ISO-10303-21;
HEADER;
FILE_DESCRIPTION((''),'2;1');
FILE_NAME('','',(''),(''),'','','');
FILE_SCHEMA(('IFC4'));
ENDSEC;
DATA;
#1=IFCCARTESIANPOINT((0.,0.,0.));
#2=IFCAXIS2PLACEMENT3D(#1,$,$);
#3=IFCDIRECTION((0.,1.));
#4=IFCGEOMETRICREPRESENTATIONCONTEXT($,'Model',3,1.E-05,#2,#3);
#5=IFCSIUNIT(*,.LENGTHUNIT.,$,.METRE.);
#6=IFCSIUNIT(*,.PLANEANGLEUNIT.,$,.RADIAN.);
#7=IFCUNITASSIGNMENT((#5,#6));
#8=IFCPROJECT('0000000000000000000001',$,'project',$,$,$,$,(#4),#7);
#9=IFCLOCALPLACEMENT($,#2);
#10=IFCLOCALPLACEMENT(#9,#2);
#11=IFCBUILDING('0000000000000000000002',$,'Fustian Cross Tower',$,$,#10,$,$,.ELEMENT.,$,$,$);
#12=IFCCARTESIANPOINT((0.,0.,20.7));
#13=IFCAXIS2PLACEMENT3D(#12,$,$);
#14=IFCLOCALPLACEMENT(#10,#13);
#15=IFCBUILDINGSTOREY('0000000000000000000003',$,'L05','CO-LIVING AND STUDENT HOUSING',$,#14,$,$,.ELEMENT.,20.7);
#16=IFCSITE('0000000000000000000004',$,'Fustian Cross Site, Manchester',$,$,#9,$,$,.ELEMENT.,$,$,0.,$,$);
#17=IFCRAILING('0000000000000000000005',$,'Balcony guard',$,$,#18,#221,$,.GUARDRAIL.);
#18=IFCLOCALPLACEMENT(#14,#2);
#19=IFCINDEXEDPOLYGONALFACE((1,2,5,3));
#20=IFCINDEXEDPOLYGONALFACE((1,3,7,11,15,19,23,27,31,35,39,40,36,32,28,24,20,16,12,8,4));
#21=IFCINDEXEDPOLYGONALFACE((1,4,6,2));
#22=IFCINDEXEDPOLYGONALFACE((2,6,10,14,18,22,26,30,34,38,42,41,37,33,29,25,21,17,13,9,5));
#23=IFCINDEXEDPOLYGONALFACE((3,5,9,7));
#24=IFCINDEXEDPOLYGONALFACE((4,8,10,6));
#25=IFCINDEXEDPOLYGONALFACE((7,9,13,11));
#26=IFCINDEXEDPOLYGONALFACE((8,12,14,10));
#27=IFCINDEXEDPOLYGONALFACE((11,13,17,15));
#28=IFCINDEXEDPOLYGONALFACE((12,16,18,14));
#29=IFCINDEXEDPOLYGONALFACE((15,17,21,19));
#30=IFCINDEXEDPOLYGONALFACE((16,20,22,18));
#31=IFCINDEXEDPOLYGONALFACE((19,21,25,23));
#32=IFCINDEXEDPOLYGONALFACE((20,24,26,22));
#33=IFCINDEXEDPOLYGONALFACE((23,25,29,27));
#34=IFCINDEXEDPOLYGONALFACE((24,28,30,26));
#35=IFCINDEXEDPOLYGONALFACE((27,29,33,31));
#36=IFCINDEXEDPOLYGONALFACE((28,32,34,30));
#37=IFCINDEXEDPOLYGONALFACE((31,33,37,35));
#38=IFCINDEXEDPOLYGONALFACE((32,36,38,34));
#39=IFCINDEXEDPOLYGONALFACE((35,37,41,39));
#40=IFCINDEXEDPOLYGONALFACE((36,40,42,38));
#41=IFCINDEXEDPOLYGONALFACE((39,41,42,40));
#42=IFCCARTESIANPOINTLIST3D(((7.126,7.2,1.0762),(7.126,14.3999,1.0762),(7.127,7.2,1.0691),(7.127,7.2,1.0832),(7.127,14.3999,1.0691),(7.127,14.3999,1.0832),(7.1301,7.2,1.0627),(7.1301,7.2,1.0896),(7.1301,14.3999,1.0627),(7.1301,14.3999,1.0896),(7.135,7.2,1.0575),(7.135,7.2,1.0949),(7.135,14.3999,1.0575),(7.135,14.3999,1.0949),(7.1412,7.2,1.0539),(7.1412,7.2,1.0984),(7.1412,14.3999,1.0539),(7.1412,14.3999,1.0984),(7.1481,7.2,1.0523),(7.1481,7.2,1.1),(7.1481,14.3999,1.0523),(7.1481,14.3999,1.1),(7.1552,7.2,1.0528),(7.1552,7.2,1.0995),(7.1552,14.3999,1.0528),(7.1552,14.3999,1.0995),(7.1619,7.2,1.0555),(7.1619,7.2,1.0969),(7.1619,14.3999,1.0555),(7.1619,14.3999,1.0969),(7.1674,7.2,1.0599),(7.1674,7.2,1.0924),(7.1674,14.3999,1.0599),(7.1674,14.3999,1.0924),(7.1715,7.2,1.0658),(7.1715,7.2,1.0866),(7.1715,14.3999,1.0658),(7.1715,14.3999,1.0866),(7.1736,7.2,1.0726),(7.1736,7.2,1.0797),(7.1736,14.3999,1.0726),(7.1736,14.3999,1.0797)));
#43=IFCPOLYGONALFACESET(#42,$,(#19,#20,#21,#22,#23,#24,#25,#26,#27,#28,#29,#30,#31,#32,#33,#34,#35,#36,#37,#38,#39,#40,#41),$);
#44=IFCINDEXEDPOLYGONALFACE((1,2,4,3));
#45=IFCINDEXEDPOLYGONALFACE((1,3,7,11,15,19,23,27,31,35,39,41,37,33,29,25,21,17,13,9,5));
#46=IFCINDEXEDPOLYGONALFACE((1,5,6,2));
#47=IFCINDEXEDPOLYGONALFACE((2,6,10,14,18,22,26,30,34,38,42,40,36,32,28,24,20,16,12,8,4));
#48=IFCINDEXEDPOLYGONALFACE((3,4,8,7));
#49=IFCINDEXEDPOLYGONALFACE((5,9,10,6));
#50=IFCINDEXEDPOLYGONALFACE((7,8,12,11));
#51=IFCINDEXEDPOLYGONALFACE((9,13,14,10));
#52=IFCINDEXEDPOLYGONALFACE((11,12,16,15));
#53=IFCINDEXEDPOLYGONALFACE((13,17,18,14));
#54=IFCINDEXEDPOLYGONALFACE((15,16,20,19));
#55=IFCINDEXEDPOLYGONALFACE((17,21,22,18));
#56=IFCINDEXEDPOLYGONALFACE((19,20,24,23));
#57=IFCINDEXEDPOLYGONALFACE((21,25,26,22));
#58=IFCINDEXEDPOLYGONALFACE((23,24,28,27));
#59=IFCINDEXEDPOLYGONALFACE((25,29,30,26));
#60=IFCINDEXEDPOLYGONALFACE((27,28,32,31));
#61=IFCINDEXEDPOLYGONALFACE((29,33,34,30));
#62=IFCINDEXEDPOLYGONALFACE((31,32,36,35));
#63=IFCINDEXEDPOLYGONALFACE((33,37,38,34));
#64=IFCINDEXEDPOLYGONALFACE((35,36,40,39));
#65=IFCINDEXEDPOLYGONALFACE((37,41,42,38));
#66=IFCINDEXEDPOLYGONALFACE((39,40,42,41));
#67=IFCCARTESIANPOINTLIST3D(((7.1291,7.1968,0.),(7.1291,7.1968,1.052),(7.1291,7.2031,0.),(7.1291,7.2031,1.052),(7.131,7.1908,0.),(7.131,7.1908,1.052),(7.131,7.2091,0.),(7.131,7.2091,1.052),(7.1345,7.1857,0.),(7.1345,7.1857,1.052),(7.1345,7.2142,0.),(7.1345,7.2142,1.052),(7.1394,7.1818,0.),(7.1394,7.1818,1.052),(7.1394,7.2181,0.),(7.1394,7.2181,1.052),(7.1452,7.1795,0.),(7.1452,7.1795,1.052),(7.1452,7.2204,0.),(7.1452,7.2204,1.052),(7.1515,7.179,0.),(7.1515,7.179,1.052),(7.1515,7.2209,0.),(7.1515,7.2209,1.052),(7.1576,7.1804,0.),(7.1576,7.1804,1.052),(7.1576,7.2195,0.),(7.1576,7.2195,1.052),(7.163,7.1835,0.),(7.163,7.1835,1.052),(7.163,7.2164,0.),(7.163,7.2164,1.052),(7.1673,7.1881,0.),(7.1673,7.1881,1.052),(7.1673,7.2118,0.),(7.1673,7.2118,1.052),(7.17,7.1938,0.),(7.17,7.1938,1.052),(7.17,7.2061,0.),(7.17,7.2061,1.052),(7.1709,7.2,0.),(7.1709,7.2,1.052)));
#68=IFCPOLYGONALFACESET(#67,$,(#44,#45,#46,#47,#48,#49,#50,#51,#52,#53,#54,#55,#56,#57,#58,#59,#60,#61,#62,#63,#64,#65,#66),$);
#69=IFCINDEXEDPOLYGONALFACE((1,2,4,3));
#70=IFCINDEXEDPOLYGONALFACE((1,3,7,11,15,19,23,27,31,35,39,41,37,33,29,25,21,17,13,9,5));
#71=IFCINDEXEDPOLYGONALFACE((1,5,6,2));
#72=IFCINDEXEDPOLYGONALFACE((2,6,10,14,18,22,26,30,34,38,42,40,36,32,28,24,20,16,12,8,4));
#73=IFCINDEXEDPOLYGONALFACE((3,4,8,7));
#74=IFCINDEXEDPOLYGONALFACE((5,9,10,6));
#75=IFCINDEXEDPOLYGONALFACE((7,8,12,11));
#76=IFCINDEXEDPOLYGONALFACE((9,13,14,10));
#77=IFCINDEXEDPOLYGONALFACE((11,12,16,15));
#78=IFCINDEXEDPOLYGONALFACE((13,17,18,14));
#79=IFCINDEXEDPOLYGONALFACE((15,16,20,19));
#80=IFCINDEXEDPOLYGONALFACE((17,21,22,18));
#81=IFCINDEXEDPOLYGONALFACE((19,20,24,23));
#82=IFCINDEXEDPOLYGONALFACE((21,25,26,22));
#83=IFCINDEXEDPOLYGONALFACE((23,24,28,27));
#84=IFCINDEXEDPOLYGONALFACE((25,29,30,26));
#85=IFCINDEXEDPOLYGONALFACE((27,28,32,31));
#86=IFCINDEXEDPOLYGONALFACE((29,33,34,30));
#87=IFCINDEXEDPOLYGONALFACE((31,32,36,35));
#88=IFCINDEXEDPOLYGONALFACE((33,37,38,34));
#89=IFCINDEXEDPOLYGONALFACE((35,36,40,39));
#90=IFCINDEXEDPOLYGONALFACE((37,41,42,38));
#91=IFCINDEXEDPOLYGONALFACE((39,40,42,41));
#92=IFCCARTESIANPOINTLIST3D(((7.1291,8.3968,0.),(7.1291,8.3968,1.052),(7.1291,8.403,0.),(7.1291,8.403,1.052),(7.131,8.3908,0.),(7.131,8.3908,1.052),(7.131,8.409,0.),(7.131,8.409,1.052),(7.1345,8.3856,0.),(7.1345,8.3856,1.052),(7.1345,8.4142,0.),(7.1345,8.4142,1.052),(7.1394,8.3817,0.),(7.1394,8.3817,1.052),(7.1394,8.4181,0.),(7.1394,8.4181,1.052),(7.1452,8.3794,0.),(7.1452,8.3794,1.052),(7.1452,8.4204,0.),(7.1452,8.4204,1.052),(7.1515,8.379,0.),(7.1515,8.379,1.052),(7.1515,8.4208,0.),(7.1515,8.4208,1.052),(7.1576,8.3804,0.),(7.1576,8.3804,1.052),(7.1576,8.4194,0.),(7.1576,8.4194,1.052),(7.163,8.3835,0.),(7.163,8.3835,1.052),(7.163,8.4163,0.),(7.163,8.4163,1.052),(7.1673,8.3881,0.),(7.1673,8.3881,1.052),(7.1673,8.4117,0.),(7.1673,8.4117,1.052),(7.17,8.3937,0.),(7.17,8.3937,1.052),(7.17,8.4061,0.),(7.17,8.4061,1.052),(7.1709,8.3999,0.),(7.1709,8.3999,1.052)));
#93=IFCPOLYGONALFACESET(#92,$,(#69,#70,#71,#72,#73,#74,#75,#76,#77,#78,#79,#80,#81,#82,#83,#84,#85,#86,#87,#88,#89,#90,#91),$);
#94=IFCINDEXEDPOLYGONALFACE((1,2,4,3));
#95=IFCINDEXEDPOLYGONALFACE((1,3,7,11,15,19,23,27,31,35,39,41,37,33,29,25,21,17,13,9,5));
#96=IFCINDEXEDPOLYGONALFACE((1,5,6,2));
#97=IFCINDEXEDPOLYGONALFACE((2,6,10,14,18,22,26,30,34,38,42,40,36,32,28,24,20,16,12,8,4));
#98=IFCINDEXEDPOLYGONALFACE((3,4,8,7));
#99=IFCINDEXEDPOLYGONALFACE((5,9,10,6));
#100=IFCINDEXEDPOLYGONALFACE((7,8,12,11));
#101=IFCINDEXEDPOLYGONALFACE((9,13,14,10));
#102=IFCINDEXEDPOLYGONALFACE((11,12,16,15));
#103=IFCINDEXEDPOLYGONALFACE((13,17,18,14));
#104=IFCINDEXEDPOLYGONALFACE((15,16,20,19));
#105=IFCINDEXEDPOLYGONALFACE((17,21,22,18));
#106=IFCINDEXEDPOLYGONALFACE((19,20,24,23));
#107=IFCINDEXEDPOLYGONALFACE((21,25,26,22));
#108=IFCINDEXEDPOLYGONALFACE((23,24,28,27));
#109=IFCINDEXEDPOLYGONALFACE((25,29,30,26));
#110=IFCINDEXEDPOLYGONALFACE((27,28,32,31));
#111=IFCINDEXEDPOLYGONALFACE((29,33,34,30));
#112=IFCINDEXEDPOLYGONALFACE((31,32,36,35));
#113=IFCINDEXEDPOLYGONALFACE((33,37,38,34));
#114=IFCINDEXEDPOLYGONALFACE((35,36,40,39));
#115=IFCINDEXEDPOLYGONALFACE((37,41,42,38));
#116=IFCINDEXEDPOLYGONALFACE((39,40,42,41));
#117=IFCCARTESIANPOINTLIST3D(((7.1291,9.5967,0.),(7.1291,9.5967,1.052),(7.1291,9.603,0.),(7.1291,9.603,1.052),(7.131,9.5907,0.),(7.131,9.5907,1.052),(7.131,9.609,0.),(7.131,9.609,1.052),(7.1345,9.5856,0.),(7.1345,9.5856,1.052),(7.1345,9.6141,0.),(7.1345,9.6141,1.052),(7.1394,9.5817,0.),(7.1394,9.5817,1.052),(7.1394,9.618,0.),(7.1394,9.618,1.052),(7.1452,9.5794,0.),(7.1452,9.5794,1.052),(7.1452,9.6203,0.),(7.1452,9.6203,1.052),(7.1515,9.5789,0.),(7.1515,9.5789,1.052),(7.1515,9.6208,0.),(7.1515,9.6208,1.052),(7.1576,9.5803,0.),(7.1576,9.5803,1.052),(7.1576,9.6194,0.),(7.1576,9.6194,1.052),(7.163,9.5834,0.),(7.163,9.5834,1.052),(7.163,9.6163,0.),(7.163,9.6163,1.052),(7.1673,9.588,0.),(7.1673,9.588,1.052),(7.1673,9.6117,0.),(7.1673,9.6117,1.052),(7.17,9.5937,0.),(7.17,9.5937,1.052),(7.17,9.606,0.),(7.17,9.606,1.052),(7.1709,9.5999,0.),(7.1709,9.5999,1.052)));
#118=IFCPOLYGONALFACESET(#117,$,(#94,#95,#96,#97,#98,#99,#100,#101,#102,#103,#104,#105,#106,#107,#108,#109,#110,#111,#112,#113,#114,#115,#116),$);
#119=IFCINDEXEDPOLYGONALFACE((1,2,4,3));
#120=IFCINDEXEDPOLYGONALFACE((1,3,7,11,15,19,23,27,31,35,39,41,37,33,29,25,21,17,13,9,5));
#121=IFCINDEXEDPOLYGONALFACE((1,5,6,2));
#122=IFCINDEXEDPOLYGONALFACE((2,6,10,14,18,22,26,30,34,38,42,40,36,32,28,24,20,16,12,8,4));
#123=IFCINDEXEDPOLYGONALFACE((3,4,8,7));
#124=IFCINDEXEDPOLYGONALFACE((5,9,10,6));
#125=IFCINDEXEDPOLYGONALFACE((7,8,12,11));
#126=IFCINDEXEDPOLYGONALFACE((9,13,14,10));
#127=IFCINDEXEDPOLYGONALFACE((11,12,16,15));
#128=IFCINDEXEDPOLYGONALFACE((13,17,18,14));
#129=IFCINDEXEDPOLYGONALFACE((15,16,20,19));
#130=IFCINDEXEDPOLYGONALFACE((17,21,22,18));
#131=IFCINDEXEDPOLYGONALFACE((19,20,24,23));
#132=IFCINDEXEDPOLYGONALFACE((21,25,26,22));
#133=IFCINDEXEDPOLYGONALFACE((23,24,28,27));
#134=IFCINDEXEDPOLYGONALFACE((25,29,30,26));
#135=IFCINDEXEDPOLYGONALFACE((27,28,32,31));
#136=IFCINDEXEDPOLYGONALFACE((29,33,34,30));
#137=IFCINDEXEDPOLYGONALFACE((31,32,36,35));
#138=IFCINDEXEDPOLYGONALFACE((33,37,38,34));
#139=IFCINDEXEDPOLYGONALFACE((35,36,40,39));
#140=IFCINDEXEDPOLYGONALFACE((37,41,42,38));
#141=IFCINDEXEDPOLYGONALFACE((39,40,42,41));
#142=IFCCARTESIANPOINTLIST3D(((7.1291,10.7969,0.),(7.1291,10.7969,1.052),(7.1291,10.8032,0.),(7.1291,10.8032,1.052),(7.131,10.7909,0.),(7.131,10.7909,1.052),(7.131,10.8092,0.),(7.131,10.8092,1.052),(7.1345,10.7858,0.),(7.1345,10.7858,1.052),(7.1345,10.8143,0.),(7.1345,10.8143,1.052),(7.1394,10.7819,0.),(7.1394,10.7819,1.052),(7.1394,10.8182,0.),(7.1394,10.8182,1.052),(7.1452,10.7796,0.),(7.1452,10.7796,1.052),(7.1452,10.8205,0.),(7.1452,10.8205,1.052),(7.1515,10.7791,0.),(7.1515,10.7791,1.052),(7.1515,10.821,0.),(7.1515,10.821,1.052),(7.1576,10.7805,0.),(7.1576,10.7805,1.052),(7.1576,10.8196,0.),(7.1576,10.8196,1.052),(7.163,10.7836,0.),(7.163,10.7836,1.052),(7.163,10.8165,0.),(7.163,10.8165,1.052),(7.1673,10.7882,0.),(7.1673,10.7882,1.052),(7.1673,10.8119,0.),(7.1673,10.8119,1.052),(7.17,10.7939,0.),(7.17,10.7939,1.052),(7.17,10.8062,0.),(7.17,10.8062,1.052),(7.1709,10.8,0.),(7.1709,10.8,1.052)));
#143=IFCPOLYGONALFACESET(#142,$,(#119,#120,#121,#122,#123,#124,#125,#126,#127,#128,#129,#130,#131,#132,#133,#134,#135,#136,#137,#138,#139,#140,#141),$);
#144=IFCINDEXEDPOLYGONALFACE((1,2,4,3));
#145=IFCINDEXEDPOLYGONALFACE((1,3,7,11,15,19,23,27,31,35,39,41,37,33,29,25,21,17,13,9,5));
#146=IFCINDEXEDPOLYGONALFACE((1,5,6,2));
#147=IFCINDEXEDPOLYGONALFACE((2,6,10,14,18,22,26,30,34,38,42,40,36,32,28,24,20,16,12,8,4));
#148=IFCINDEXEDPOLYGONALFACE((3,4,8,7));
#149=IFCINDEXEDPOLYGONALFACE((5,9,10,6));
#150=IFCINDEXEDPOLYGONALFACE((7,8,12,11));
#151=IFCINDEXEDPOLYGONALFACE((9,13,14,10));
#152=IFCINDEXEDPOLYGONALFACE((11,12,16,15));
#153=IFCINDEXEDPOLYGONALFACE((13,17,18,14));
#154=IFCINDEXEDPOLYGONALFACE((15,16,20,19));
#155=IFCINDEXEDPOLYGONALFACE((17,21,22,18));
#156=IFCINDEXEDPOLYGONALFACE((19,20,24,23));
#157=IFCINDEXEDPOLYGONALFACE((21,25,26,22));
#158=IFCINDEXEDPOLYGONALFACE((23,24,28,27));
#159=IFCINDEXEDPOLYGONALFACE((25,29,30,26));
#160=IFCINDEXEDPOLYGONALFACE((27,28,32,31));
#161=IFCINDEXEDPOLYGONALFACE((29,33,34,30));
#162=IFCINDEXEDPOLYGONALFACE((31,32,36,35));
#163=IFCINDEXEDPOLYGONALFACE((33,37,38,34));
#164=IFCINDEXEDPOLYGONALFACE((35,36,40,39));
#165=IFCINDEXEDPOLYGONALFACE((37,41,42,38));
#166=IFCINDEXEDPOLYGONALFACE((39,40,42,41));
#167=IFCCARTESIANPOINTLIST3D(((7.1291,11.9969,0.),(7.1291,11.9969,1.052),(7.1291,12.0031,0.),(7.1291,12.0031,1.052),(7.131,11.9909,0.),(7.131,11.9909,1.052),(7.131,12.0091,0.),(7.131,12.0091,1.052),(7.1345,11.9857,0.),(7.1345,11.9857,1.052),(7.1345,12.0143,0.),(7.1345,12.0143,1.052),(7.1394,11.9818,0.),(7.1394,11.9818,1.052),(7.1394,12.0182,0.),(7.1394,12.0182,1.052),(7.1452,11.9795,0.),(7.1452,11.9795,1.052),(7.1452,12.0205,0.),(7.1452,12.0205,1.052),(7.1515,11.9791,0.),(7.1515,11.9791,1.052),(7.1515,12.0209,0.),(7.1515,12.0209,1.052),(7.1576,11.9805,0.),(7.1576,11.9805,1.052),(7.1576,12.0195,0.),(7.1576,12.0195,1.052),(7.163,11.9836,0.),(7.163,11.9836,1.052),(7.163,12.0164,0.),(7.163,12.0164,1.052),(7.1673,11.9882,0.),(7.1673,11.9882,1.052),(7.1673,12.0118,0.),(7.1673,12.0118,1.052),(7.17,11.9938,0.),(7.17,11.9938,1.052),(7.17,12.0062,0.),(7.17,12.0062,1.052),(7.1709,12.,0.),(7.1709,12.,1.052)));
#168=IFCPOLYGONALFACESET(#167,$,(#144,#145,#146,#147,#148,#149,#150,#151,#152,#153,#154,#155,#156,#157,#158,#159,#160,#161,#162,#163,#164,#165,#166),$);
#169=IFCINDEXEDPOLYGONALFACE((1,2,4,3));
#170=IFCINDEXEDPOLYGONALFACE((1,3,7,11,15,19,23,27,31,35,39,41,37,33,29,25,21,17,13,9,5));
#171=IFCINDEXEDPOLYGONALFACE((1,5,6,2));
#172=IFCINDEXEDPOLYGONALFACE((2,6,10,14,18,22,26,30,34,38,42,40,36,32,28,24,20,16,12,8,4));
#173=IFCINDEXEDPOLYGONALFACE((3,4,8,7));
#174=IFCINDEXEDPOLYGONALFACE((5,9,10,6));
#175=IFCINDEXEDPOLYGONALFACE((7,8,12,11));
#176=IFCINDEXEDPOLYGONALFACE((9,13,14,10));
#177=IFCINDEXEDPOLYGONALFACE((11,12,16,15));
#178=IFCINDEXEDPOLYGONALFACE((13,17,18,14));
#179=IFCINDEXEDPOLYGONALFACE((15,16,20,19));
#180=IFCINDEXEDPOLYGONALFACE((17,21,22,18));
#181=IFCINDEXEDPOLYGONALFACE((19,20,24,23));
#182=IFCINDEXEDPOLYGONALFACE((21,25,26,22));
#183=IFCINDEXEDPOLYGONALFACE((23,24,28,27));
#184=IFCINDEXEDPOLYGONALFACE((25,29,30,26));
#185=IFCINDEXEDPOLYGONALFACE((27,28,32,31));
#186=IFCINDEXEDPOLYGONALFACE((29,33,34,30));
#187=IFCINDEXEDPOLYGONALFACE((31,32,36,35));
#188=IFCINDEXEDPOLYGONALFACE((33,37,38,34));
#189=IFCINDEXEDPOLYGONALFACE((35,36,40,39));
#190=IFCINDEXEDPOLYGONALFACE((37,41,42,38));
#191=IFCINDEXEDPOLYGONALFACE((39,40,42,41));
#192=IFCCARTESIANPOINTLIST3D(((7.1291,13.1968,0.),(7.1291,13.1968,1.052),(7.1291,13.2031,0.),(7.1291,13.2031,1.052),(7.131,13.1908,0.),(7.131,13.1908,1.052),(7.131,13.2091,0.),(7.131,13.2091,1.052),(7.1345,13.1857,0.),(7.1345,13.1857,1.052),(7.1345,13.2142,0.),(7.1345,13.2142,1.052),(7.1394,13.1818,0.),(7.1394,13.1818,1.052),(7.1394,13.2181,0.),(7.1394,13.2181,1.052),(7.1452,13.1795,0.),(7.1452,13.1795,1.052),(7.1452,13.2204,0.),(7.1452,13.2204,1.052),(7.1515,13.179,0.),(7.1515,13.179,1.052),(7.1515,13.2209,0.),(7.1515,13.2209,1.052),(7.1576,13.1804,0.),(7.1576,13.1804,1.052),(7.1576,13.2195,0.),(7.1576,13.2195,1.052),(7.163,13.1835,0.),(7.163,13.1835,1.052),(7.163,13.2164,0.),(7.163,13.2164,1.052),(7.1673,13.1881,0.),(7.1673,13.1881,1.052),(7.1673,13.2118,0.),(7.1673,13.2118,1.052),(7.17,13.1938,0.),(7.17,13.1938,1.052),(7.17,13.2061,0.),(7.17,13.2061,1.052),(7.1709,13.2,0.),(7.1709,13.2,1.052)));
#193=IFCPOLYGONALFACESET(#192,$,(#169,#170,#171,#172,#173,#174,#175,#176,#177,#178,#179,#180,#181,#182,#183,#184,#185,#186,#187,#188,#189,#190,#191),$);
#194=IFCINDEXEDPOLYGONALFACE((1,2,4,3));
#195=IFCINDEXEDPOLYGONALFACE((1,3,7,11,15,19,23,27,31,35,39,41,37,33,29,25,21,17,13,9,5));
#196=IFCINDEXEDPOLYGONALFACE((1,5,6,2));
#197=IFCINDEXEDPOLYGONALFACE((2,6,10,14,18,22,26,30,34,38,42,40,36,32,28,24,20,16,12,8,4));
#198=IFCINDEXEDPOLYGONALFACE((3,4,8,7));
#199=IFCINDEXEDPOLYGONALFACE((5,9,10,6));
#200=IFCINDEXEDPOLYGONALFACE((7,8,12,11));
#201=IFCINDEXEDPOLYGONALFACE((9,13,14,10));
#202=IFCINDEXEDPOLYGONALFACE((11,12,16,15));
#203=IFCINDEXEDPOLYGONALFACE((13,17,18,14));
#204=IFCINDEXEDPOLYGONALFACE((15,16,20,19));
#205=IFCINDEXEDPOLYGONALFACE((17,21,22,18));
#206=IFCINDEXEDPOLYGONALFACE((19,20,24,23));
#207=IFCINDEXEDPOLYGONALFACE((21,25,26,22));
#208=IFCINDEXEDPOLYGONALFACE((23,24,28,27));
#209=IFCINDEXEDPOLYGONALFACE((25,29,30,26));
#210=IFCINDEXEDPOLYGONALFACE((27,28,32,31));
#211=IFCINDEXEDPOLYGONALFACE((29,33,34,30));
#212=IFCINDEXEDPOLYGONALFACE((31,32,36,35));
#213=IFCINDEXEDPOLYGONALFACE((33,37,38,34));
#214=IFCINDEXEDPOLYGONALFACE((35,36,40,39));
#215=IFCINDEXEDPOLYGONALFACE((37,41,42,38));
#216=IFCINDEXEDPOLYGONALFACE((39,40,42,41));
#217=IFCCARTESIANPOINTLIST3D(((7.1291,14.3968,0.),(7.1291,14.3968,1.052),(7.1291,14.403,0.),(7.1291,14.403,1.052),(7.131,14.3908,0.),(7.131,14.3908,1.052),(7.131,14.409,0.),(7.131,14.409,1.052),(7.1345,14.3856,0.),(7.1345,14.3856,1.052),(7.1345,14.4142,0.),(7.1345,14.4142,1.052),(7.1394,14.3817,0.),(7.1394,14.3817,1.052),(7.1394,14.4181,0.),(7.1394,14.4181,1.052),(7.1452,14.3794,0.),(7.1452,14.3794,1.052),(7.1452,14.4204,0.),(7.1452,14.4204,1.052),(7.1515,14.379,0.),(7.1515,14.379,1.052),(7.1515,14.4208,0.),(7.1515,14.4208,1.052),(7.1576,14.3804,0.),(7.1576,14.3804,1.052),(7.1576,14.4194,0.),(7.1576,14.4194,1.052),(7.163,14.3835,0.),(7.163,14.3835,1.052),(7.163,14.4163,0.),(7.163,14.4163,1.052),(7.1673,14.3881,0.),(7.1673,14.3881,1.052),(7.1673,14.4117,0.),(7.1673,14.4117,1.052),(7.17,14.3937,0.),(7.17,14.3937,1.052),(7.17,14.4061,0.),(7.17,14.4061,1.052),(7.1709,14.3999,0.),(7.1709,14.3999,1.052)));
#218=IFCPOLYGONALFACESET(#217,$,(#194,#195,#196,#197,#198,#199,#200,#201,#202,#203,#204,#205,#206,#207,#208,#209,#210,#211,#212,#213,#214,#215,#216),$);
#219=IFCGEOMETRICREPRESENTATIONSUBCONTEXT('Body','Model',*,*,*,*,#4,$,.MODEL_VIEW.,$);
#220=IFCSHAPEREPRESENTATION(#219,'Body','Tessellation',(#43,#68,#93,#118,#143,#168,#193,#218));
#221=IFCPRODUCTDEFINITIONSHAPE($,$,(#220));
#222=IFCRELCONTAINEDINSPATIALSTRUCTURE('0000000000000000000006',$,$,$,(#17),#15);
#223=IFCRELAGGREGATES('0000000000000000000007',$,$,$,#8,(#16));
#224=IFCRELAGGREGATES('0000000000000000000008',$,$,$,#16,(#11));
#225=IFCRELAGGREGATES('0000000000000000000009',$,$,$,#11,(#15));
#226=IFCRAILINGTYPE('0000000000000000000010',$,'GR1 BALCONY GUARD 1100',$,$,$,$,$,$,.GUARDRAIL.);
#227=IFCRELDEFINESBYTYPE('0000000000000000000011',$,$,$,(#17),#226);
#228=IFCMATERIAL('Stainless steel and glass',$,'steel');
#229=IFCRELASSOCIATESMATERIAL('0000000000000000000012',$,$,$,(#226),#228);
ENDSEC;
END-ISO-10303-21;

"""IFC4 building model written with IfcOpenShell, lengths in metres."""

from ifc_helpers import new_model, si_unit, direction, frame, origin, origin_2d, place, context, subcontext, project, spatial, circle, extrude, material, type_object, element, save


model = new_model("IFC4")

# Units and contexts
model_context = context("Model", 3, precision=1e-05, world=origin(), true_north=direction((0.0, 1.0)))
body_context = subcontext(model_context, "Body", "Model", "MODEL_VIEW")
ifc_project = project(units=[si_unit("LENGTHUNIT", "METRE"), si_unit("PLANEANGLEUNIT", "RADIAN")], contexts=[model_context])

# Site, building, storey
site_placement = place(None, origin())
site = spatial("IfcSite", under=ifc_project, at=site_placement, Name="Fustian Cross Site, Manchester", CompositionType="ELEMENT", RefElevation=0.0)
building_placement = place(site_placement, origin())
building = spatial("IfcBuilding", under=site, at=building_placement, Name="Fustian Cross Tower", CompositionType="ELEMENT")
storey_placement = place(building_placement, frame((0.0, 0.0, 20.7)))
storey = spatial("IfcBuildingStorey", under=building, at=storey_placement, Name="L05", Description="CO-LIVING AND STUDENT HOUSING", CompositionType="ELEMENT", Elevation=20.7)

# Railing
ifc_material_1 = material(Name="Stainless steel and glass", Category="steel")
railing_type = type_object("IfcRailingType", Name="GR1 BALCONY GUARD 1100", PredefinedType="GUARDRAIL", material=ifc_material_1)
railing_placement = place(storey_placement, frame((7.1499, 7.2, 0.0)))
element("IfcRailing", 1, at=railing_placement, inside=storey, type_object=railing_type, Name="Balcony guard", PredefinedType="GUARDRAIL", context=body_context, shape_type="SweptSolid", body=[
    extrude(circle(Radius=0.0239, at=origin_2d()), frame((0.0, 0.0, 1.0762), z_axis=(0.0, 1.0, 0.0), x_axis=(-1.0, 0.0, 0.0)), (0.0, 0.0, 1.0), 7.2),
    extrude(circle(Radius=0.021, at=origin_2d()), origin(), (0.0, 0.0, 1.0), 1.052),
    extrude(circle(Radius=0.021, at=origin_2d()), frame((0.0, 1.2, 0.0)), (0.0, 0.0, 1.0), 1.052),
    extrude(circle(Radius=0.021, at=origin_2d()), frame((0.0, 2.3999, 0.0)), (0.0, 0.0, 1.0), 1.052),
    extrude(circle(Radius=0.021, at=origin_2d()), frame((0.0, 3.6001, 0.0)), (0.0, 0.0, 1.0), 1.052),
    extrude(circle(Radius=0.021, at=origin_2d()), frame((0.0, 4.8, 0.0)), (0.0, 0.0, 1.0), 1.052),
    extrude(circle(Radius=0.021, at=origin_2d()), frame((0.0, 6.0, 0.0)), (0.0, 0.0, 1.0), 1.052),
    extrude(circle(Radius=0.021, at=origin_2d()), frame((0.0, 7.2, 0.0)), (0.0, 0.0, 1.0), 1.052),
])

save(model, "model.ifc")
